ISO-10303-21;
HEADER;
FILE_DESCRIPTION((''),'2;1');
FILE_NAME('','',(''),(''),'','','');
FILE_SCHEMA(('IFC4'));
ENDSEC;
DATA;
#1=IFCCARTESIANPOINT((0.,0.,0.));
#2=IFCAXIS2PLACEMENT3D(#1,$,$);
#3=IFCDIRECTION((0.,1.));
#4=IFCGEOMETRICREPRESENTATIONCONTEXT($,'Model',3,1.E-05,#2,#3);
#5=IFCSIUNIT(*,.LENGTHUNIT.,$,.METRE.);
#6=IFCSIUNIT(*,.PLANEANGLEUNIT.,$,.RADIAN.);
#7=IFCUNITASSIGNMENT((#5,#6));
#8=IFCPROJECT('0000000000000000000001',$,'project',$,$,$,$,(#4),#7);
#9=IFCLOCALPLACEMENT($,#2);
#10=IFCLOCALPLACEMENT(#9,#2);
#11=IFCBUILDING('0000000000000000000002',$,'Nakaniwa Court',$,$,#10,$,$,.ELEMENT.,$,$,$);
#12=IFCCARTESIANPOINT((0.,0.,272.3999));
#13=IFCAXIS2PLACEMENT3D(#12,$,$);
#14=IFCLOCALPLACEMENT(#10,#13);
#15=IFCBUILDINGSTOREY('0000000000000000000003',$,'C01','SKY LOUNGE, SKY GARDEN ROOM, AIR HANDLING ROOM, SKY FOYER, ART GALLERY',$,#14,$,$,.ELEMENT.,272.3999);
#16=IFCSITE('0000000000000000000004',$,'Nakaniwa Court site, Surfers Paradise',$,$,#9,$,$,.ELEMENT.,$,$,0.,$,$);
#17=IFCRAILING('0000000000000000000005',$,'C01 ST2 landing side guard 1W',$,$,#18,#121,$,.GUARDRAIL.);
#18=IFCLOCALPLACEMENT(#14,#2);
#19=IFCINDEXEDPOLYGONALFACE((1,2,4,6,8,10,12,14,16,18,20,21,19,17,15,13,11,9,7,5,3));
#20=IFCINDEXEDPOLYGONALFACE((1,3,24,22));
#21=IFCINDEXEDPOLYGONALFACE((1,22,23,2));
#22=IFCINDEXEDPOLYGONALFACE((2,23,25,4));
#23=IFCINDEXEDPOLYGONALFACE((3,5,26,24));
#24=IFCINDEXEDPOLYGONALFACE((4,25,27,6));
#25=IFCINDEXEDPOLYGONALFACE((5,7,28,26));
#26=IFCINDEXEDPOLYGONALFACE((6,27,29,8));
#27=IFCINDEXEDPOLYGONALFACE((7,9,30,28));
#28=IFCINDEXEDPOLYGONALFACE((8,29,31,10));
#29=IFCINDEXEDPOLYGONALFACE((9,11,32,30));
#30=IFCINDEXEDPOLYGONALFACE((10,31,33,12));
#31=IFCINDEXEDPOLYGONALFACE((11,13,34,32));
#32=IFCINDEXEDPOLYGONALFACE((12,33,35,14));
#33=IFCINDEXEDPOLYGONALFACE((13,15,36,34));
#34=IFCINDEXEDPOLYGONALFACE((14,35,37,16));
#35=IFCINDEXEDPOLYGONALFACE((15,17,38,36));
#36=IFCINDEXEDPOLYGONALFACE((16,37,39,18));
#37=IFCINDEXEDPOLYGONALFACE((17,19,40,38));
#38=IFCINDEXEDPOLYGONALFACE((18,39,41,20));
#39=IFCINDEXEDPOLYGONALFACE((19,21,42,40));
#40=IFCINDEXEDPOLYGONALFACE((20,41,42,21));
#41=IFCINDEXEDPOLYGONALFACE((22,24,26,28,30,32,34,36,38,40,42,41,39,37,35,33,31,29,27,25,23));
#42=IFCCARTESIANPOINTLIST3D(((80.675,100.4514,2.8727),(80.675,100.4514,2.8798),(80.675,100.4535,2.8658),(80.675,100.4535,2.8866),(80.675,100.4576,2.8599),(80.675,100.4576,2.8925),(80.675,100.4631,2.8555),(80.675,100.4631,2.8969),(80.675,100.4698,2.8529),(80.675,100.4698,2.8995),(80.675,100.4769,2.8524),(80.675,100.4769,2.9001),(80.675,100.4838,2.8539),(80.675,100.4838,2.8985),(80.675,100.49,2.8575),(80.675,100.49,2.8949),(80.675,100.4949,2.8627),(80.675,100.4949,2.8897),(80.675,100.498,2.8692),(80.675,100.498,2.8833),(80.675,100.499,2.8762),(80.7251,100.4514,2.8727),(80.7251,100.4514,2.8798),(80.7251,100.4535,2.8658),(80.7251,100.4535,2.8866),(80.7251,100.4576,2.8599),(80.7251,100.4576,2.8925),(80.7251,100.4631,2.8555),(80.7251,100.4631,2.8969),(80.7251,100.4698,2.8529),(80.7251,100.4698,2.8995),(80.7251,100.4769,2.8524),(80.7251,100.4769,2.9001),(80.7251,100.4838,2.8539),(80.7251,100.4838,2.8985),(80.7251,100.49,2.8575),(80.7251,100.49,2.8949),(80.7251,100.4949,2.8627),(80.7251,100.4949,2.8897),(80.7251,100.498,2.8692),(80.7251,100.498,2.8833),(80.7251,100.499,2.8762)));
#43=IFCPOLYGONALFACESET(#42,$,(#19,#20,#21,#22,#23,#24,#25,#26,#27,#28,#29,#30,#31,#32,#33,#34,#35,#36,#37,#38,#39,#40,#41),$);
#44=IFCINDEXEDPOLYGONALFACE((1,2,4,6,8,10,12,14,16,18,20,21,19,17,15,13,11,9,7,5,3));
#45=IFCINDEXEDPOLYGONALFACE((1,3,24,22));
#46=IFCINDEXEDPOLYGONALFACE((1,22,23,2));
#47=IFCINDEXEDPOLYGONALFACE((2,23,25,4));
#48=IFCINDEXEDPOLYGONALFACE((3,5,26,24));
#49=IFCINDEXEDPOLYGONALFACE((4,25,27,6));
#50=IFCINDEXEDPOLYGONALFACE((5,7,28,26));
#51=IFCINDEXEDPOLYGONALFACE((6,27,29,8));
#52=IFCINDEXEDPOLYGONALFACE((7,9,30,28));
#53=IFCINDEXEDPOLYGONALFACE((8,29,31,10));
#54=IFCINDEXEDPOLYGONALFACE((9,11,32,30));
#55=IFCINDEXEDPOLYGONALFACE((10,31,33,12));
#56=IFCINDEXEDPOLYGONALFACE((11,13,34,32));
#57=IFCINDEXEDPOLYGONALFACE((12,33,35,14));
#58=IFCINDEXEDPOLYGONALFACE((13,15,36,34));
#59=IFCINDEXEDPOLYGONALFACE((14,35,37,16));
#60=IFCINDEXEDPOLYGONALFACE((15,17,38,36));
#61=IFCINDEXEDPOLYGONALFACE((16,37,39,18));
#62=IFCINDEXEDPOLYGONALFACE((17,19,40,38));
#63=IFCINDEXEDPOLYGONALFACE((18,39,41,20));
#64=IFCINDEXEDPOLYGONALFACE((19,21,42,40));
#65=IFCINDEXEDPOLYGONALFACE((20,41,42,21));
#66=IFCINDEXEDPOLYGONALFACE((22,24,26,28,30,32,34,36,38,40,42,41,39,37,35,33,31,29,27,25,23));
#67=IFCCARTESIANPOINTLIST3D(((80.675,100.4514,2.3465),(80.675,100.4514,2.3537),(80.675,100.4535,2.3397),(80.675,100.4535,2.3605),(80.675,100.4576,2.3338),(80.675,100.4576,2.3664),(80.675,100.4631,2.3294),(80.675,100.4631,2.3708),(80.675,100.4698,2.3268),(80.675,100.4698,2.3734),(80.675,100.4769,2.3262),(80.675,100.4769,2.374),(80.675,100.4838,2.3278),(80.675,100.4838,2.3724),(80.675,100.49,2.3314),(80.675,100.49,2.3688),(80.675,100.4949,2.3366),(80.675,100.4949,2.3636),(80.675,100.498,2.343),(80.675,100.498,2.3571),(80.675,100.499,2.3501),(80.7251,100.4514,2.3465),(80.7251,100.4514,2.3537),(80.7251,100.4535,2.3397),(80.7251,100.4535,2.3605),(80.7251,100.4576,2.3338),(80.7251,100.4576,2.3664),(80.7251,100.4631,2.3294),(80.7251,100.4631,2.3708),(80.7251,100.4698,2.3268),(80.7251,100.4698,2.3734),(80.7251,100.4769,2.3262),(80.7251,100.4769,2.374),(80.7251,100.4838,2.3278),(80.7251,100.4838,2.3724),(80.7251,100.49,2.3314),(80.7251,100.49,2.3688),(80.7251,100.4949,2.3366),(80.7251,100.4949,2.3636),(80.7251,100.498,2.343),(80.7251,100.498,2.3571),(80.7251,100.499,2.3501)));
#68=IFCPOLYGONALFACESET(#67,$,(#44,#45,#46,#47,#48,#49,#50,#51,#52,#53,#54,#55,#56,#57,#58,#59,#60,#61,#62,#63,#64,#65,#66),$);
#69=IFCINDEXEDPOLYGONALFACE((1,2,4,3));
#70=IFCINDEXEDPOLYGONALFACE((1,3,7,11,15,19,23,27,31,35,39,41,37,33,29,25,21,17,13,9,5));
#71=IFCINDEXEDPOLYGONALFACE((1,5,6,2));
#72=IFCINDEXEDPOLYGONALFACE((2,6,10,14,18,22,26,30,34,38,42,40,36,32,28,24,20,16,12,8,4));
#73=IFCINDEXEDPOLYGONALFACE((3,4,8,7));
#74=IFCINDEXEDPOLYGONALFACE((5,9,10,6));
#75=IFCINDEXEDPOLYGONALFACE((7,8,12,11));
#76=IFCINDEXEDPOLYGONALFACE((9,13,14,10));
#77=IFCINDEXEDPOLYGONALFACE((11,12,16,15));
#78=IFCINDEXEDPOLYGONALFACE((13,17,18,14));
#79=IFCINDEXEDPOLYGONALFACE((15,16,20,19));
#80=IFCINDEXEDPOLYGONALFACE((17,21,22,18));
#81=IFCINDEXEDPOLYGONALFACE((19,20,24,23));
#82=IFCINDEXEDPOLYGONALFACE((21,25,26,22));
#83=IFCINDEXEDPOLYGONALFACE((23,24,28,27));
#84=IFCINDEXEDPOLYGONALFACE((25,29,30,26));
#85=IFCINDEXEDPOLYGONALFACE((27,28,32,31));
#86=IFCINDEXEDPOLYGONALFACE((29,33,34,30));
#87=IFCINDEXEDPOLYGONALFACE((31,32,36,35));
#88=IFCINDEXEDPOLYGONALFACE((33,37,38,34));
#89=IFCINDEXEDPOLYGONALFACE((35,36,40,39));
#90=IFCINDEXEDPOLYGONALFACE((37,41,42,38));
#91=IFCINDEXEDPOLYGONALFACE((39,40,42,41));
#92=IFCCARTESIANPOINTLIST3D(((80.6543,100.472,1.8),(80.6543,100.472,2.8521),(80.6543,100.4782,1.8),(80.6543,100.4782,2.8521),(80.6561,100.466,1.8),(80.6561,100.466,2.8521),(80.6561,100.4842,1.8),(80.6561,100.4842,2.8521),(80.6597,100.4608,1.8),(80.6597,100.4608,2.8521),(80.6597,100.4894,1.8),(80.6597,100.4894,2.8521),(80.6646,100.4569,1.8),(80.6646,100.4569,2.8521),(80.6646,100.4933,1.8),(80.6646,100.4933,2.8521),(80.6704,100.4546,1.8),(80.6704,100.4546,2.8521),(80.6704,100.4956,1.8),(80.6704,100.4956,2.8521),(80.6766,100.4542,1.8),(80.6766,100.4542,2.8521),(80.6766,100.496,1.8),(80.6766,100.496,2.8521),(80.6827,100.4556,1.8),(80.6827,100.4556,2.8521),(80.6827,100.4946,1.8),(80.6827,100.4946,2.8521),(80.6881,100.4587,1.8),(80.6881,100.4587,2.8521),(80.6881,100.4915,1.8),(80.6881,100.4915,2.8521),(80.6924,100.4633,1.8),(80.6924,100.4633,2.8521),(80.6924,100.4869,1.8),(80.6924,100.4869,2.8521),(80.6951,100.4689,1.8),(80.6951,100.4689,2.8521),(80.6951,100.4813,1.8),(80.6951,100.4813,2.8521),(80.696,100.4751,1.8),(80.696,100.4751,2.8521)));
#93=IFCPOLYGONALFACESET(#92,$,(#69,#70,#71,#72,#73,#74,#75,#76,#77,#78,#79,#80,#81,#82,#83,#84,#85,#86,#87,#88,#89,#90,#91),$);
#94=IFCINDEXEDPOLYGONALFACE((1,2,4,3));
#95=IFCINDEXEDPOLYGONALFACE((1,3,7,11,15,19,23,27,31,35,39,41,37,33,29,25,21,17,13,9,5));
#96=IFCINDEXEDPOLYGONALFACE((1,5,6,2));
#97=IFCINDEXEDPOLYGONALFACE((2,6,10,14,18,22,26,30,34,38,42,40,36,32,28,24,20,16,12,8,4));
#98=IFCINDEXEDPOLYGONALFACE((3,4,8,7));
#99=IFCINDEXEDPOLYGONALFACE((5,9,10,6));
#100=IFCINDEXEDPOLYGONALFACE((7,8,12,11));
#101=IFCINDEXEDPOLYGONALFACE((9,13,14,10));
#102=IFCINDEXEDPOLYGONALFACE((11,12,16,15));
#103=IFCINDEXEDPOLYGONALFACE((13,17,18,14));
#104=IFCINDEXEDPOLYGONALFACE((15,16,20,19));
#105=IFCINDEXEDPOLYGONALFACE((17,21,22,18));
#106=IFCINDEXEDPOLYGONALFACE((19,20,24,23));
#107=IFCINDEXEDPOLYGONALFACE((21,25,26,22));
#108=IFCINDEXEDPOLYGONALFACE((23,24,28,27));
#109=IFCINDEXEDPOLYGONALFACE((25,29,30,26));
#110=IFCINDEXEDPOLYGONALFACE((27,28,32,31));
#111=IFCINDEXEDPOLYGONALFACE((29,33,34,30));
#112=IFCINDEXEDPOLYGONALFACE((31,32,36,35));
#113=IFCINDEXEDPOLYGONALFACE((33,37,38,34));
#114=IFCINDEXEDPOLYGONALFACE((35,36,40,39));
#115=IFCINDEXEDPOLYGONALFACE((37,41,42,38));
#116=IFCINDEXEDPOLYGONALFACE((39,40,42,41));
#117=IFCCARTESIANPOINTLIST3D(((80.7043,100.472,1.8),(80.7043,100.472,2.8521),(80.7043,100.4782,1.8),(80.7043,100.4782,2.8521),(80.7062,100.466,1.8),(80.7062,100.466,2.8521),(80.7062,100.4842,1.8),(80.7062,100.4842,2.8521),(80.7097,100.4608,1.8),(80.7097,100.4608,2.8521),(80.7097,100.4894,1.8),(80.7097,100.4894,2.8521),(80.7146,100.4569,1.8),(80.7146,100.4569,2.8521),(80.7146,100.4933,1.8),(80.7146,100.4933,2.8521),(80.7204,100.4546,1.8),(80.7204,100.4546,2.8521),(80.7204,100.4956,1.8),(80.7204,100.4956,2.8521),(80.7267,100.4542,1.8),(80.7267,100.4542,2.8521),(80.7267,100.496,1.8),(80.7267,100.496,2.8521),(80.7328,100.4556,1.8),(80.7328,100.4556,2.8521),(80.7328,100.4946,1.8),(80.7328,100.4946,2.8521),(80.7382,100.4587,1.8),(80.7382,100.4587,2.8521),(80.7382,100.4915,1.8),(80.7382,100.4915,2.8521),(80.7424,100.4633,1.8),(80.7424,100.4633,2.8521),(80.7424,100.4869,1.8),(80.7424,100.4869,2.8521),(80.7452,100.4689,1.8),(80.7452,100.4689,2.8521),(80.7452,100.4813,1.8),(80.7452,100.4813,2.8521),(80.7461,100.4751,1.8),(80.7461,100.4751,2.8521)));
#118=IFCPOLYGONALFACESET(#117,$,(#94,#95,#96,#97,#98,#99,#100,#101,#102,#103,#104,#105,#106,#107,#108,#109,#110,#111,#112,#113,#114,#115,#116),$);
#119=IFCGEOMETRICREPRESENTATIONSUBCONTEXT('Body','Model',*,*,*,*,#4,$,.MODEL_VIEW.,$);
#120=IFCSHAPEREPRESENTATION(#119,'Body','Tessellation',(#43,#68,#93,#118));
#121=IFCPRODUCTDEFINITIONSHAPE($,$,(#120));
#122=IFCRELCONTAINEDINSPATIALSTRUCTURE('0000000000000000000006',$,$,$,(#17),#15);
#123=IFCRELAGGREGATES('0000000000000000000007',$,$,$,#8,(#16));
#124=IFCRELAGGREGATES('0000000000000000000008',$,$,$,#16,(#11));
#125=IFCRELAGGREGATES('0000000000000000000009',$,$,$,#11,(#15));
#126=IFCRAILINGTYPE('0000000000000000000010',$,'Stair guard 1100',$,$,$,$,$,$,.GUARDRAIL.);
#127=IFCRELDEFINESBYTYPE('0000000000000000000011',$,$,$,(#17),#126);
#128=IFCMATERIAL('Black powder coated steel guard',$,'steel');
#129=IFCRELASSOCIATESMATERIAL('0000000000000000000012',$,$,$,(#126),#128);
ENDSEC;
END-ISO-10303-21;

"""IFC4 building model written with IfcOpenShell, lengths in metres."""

from ifc_helpers import new_model, si_unit, direction, frame, origin, origin_2d, place, context, subcontext, project, spatial, circle, extrude, material, type_object, element, save


model = new_model("IFC4")

# Units and contexts
model_context = context("Model", 3, precision=1e-05, world=origin(), true_north=direction((0.0, 1.0)))
body_context = subcontext(model_context, "Body", "Model", "MODEL_VIEW")
ifc_project = project(units=[si_unit("LENGTHUNIT", "METRE"), si_unit("PLANEANGLEUNIT", "RADIAN")], contexts=[model_context])

# Site, building, storey
site_placement = place(None, origin())
site = spatial("IfcSite", under=ifc_project, at=site_placement, Name="Nakaniwa Court site, Surfers Paradise", CompositionType="ELEMENT", RefElevation=0.0)
building_placement = place(site_placement, origin())
building = spatial("IfcBuilding", under=site, at=building_placement, Name="Nakaniwa Court", CompositionType="ELEMENT")
storey_placement = place(building_placement, frame((0.0, 0.0, 272.3999)))
storey = spatial("IfcBuildingStorey", under=building, at=storey_placement, Name="C01", Description="SKY LOUNGE, SKY GARDEN ROOM, AIR HANDLING ROOM, SKY FOYER, ART GALLERY", CompositionType="ELEMENT", Elevation=272.3999)

# Railing
ifc_material_1 = material(Name="Black powder coated steel guard", Category="steel")
railing_type_1 = type_object("IfcRailingType", Name="Stair guard 1100", PredefinedType="GUARDRAIL", material=ifc_material_1)
for number, where, name in (
    (1, (80.675, 100.4751, 1.8), "C01 ST2 landing side guard 1W"),
):
    element("IfcRailing", number, at=place(storey_placement, frame(where)), inside=storey, type_object=railing_type_1, Name=name, PredefinedType="GUARDRAIL", context=body_context, shape_type="SweptSolid", body=[
        extrude(circle(Radius=0.0239, at=origin_2d()), frame((0.0, 0.0, 1.0762), z_axis=(1.0, 0.0, 0.0), x_axis=(0.0, 1.0, 0.0)), (0.0, 0.0, 1.0), 0.05),
        extrude(circle(Radius=0.0239, at=origin_2d()), frame((0.0, 0.0, 0.55), z_axis=(1.0, 0.0, 0.0), x_axis=(0.0, 1.0, 0.0)), (0.0, 0.0, 1.0), 0.05),
        extrude(circle(Radius=0.021, at=origin_2d()), origin(), (0.0, 0.0, 1.0), 1.052),
        extrude(circle(Radius=0.021, at=origin_2d()), frame((0.05, 0.0, 0.0)), (0.0, 0.0, 1.0), 1.052),
    ])

save(model, "model.ifc")
